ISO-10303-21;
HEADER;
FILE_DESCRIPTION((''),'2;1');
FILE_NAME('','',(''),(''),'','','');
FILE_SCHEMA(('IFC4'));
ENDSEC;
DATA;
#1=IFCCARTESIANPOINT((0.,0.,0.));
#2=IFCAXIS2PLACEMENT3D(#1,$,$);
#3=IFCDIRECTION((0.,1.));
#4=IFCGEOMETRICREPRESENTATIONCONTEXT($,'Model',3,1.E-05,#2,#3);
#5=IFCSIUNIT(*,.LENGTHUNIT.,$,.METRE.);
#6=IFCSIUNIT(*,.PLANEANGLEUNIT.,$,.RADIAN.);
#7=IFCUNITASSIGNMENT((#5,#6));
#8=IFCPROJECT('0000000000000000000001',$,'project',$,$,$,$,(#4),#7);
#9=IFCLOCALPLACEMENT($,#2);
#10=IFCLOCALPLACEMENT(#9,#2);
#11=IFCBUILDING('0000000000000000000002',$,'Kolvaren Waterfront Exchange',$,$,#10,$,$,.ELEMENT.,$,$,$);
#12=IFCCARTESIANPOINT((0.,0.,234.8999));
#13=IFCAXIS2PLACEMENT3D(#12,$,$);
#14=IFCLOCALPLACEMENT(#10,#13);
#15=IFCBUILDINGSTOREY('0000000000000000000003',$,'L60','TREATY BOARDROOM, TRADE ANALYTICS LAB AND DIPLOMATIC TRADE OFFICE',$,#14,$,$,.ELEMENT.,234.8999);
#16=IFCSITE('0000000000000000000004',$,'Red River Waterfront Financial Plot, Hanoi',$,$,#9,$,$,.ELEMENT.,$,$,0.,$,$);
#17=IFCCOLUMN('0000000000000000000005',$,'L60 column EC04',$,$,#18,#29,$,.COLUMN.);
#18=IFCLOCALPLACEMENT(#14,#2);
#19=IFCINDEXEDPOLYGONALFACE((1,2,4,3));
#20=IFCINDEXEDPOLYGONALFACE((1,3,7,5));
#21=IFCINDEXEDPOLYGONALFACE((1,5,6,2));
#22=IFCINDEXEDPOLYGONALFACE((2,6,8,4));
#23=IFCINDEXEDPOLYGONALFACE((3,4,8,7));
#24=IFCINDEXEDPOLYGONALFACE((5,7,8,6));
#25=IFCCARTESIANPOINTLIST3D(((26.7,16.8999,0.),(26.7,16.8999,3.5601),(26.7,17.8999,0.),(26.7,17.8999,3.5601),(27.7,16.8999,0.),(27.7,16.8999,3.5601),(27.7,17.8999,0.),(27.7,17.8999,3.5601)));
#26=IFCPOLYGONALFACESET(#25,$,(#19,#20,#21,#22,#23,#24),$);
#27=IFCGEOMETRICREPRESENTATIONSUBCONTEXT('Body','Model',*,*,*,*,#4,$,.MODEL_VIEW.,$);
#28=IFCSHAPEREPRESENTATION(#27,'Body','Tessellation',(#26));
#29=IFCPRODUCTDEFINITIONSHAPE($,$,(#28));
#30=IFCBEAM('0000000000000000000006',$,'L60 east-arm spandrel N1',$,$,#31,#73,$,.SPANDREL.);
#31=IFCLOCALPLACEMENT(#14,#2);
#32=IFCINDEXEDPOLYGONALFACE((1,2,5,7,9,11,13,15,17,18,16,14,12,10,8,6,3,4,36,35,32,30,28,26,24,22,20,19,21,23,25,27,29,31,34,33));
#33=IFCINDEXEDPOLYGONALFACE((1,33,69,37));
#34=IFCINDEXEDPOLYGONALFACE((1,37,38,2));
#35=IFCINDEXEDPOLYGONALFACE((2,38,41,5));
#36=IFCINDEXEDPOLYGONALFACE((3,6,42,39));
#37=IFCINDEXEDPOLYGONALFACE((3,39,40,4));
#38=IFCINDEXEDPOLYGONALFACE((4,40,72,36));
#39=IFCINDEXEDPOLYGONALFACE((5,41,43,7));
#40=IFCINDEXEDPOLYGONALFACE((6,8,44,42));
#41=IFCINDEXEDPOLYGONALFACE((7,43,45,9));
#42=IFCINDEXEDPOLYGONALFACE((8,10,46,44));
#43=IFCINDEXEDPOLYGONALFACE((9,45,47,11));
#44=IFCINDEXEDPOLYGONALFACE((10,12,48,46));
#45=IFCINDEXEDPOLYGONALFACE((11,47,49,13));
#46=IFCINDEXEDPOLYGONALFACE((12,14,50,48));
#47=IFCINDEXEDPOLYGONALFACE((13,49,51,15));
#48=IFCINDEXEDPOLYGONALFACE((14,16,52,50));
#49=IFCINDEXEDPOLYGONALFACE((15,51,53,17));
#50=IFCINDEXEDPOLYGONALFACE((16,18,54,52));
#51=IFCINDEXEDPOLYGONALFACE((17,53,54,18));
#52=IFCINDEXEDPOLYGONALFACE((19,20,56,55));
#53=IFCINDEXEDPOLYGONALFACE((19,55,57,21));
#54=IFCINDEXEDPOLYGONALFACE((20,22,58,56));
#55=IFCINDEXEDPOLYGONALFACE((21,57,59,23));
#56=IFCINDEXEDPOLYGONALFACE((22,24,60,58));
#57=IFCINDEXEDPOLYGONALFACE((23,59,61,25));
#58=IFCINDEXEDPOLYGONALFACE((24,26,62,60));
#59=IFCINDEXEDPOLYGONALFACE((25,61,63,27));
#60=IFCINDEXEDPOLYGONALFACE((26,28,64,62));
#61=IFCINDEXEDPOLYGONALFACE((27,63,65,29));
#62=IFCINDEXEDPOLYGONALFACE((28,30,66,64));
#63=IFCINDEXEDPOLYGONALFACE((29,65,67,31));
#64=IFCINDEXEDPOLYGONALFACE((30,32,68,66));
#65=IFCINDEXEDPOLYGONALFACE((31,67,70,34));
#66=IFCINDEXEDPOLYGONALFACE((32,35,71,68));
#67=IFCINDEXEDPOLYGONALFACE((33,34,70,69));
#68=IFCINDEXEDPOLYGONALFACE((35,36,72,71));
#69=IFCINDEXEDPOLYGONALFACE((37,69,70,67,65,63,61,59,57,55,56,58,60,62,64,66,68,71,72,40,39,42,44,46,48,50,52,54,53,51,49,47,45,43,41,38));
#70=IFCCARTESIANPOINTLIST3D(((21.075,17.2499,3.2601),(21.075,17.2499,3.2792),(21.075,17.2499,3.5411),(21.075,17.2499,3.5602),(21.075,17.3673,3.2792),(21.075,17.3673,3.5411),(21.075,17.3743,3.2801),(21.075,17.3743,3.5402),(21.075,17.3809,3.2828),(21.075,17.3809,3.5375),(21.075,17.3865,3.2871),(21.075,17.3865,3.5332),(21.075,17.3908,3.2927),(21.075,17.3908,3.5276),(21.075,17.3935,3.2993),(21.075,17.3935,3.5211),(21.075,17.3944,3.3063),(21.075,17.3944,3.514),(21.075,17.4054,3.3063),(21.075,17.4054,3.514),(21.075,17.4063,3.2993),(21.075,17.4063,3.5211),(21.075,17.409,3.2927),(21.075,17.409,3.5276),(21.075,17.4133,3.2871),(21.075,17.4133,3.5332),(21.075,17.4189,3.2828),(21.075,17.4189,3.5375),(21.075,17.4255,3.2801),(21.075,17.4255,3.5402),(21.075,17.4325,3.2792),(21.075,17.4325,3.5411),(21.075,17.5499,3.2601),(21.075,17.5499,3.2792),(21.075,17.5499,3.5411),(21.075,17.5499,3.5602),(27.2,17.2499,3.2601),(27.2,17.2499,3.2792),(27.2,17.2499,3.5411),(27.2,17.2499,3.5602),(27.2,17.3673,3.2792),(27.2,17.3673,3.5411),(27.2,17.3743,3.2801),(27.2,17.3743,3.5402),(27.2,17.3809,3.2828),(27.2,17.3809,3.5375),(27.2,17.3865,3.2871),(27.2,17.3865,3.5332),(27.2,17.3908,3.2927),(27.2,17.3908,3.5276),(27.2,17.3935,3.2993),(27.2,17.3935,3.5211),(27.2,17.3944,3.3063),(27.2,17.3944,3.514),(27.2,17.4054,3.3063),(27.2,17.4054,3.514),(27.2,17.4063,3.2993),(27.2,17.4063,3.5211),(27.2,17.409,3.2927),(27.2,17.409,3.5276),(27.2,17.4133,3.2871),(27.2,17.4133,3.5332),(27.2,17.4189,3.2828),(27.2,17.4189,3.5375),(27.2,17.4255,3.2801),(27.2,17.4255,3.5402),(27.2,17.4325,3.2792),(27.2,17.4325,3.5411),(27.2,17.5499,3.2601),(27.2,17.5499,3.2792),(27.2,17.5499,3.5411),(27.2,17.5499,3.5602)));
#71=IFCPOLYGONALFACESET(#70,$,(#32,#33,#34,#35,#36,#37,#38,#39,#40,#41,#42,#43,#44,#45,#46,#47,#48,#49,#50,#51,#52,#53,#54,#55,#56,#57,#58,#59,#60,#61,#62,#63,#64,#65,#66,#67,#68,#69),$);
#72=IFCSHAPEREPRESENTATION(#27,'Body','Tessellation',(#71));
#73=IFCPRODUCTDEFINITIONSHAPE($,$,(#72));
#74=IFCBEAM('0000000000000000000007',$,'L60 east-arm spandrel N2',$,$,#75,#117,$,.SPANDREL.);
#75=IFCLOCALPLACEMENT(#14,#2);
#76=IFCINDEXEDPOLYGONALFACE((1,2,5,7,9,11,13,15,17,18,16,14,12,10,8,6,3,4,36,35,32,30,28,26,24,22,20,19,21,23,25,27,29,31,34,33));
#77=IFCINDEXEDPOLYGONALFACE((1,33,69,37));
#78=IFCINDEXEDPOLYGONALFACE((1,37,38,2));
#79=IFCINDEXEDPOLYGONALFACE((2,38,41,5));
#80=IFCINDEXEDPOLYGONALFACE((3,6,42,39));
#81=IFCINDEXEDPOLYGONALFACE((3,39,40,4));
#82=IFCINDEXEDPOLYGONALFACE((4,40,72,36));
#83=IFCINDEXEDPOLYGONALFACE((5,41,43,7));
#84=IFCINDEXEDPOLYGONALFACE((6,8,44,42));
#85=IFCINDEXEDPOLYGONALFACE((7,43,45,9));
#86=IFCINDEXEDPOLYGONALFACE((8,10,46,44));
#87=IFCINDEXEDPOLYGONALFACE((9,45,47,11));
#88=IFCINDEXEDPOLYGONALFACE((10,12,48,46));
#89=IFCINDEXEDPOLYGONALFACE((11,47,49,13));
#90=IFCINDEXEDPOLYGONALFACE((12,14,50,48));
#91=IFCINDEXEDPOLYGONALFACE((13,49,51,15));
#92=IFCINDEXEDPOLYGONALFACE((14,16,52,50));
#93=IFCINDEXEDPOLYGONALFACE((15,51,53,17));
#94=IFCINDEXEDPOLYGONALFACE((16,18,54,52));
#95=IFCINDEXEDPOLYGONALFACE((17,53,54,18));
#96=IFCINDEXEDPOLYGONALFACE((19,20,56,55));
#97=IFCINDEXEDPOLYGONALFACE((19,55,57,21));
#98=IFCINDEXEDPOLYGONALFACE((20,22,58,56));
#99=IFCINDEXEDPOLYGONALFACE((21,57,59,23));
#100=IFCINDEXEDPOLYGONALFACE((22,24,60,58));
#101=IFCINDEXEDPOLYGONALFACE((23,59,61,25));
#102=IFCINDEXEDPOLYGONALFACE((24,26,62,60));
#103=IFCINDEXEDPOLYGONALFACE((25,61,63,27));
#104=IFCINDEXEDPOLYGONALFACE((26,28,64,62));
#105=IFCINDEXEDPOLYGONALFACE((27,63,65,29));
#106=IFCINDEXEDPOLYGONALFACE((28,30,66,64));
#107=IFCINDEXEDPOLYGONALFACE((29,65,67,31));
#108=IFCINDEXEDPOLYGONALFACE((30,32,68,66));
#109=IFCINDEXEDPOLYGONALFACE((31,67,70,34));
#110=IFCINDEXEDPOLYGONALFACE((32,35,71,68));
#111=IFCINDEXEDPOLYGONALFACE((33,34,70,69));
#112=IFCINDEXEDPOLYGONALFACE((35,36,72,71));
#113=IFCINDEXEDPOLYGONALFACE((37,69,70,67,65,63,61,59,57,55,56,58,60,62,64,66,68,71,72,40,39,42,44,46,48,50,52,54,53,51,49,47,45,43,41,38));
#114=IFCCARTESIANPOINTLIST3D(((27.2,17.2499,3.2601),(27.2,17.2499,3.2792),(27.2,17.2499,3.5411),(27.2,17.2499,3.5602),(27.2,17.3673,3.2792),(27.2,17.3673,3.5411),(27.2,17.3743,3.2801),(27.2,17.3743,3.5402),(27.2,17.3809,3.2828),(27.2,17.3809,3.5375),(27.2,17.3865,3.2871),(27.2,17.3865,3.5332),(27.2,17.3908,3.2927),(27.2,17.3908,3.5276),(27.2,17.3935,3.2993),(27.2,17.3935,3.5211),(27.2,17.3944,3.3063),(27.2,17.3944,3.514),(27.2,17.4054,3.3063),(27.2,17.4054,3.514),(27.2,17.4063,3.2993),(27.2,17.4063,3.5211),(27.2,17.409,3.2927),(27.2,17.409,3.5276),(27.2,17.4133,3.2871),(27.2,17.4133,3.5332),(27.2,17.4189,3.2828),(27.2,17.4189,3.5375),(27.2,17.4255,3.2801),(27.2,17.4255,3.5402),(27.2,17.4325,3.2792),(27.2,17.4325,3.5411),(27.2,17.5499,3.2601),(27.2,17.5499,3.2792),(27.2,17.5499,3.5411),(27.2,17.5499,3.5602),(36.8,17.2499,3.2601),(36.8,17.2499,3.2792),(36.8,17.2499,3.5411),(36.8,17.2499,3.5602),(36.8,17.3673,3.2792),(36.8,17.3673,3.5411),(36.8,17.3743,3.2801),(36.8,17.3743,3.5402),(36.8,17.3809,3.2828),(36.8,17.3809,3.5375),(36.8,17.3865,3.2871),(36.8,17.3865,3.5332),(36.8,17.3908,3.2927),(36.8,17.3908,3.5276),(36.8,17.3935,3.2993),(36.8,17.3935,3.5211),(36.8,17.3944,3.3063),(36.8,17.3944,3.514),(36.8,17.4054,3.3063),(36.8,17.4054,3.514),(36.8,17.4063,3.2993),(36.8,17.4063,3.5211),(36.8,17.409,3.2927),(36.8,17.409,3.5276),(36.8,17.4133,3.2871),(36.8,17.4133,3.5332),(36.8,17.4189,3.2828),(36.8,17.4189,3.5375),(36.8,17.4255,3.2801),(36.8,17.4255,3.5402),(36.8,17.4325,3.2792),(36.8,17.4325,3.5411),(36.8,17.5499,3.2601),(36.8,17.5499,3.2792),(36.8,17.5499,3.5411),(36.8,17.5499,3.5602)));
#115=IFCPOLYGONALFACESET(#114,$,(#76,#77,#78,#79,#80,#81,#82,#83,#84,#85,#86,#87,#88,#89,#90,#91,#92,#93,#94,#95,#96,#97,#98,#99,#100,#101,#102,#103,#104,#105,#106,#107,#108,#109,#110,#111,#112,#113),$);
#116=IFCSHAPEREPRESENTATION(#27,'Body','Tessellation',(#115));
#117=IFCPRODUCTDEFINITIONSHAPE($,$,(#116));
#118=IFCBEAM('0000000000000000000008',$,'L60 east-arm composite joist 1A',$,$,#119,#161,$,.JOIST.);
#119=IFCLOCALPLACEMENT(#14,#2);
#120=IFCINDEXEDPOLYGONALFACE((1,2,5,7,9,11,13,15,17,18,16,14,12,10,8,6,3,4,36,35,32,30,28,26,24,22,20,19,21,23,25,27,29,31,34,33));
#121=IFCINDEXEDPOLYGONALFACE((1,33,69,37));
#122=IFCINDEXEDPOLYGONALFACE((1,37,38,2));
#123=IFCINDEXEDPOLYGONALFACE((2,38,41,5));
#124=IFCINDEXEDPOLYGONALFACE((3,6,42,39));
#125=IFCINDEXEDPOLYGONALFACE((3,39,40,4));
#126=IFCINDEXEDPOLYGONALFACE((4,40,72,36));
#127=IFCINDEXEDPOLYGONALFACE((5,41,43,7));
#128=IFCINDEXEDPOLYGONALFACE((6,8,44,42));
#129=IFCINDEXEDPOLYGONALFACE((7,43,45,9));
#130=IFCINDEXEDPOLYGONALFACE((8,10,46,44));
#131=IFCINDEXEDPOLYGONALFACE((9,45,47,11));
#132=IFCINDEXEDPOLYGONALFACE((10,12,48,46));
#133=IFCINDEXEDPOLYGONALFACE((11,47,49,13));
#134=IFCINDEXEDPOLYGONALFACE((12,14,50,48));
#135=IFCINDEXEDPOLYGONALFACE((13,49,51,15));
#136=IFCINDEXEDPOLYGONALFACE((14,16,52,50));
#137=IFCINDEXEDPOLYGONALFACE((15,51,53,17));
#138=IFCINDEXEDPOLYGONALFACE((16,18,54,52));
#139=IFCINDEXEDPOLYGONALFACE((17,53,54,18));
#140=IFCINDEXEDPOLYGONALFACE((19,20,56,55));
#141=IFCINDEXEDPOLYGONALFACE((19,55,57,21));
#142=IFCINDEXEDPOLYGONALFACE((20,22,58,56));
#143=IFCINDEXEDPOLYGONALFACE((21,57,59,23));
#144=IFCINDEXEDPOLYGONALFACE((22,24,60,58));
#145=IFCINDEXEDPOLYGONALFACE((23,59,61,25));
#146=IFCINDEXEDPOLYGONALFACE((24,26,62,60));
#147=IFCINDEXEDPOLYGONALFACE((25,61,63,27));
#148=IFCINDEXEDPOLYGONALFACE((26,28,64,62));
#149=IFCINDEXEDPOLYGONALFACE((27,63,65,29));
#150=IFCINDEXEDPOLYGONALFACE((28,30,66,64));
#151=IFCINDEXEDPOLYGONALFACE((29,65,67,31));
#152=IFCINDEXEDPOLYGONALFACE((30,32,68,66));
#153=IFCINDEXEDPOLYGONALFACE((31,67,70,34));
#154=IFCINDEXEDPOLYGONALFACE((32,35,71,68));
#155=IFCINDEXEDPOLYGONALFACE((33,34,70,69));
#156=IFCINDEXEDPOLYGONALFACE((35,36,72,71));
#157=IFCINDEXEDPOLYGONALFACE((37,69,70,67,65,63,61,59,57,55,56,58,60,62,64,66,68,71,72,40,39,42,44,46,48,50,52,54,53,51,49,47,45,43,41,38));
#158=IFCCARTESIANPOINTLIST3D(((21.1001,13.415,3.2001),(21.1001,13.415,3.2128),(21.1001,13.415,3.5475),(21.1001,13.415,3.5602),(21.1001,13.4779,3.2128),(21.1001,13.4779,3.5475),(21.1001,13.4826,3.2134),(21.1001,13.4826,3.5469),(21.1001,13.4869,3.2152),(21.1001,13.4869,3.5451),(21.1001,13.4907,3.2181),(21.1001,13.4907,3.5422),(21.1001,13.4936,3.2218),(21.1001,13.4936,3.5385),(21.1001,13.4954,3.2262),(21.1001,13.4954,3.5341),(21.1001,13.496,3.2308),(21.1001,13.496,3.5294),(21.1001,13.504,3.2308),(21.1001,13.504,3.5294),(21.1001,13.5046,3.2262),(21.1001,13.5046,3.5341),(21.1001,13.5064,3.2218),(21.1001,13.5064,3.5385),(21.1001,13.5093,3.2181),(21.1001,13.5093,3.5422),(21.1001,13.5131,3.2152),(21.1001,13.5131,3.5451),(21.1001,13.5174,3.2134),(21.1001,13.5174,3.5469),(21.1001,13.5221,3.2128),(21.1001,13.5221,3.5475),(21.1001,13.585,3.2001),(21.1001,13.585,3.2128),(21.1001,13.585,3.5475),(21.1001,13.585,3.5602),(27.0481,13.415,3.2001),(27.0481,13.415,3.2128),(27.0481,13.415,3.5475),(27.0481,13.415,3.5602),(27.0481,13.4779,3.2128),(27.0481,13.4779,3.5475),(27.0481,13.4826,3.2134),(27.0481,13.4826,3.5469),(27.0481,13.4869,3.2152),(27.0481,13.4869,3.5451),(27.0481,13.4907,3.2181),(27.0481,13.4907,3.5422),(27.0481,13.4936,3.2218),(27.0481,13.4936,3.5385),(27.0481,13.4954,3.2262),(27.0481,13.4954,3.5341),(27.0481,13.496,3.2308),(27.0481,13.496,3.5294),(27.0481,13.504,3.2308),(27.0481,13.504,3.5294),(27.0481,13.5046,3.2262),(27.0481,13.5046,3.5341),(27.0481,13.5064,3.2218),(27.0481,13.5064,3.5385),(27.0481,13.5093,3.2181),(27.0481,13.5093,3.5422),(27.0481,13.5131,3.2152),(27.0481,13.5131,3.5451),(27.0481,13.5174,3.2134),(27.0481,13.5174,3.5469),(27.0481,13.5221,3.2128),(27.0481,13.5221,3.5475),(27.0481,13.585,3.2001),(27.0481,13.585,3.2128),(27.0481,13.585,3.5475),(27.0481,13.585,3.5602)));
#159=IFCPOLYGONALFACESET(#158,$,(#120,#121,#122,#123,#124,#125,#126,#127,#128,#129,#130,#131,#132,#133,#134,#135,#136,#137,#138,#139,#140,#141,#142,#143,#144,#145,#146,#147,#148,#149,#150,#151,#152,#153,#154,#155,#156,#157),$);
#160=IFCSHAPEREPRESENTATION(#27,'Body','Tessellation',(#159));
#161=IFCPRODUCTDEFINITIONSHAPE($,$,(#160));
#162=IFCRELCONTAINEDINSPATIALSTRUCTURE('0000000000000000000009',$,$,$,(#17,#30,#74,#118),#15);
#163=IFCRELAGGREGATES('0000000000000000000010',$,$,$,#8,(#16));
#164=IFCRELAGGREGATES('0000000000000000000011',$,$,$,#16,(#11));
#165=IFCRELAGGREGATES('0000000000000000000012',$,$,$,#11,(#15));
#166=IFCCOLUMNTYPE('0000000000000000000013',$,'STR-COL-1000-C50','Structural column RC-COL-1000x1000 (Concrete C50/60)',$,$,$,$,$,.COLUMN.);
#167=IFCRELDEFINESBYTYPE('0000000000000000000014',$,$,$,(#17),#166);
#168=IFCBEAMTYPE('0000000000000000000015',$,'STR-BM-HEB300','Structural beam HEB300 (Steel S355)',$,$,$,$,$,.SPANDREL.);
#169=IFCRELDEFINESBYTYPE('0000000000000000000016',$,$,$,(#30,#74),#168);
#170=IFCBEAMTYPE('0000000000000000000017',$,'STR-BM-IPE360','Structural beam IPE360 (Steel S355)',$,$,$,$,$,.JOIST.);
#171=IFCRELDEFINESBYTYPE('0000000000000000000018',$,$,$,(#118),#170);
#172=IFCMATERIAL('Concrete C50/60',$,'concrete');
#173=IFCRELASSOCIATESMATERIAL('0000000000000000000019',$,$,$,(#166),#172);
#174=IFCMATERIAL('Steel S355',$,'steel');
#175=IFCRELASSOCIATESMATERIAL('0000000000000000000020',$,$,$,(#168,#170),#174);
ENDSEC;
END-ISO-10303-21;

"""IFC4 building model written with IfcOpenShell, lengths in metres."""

from ifc_helpers import new_model, si_unit, direction, frame, origin, origin_2d, place, context, subcontext, project, spatial, rectangle, i_section, extrude, material, material_profile, profile_set, type_object, element, save


model = new_model("IFC4")

# Units and contexts
model_context = context("Model", 3, precision=1e-05, world=origin(), true_north=direction((0.0, 1.0)))
body_context = subcontext(model_context, "Body", "Model", "MODEL_VIEW")
ifc_project = project(units=[si_unit("LENGTHUNIT", "METRE"), si_unit("PLANEANGLEUNIT", "RADIAN")], contexts=[model_context])

# Site, building, storey
site_placement = place(None, origin())
site = spatial("IfcSite", under=ifc_project, at=site_placement, Name="Red River Waterfront Financial Plot, Hanoi", CompositionType="ELEMENT", RefElevation=0.0)
building_placement = place(site_placement, origin())
building = spatial("IfcBuilding", under=site, at=building_placement, Name="Kolvaren Waterfront Exchange", CompositionType="ELEMENT")
storey_placement = place(building_placement, frame((0.0, 0.0, 234.8999)))
storey = spatial("IfcBuildingStorey", under=building, at=storey_placement, Name="L60", Description="TREATY BOARDROOM, TRADE ANALYTICS LAB AND DIPLOMATIC TRADE OFFICE", CompositionType="ELEMENT", Elevation=234.8999)

# Column
ifc_material_1 = material(Name="Concrete C50/60", Category="concrete")
ifc_material_profile_1 = material_profile(ifc_material_1, rectangle(XDim=1.0, YDim=1.0, at=origin_2d()), Name="RC-COL-1000x1000")
ifc_profile_set_1 = profile_set([ifc_material_profile_1], Name="Concrete C50/60")
column_type = type_object("IfcColumnType", Name="STR-COL-1000-C50", Description="Structural column RC-COL-1000x1000 (Concrete C50/60)", PredefinedType="COLUMN", material=ifc_profile_set_1)
column_placement = place(storey_placement, frame((27.2, 17.3999, 0.0), z_axis=(0.0, 0.0, 1.0), x_axis=(1.0, 0.0, 0.0)))
element("IfcColumn", 1, at=column_placement, inside=storey, type_object=column_type, Name="L60 column EC04", PredefinedType="COLUMN", context=body_context, shape_type="SweptSolid", body=[
    extrude(rectangle(XDim=1.0, YDim=1.0, at=origin_2d()), origin(), (0.0, 0.0, 1.0), 3.5601),
])

# Beams
ifc_material_2 = material(Name="Steel S355", Category="steel")
ifc_material_profile_2 = material_profile(ifc_material_2, i_section(OverallWidth=0.3, OverallDepth=0.3, WebThickness=0.011, FlangeThickness=0.019, FilletRadius=0.0271, at=origin_2d()), Name="HEB300")
ifc_profile_set_2 = profile_set([ifc_material_profile_2], Name="Steel S355")
beam_type_1 = type_object("IfcBeamType", Name="STR-BM-HEB300", Description="Structural beam HEB300 (Steel S355)", PredefinedType="SPANDREL", material=ifc_profile_set_2)
beam_1_placement = place(storey_placement, frame((21.075, 17.3999, 3.4102), z_axis=(1.0, 0.0, 0.0), x_axis=(0.0, 1.0, 0.0)))
element("IfcBeam", 2, at=beam_1_placement, inside=storey, type_object=beam_type_1, Name="L60 east-arm spandrel N1", PredefinedType="SPANDREL", context=body_context, shape_type="SweptSolid", body=[
    extrude(i_section(OverallWidth=0.3, OverallDepth=0.3, WebThickness=0.011, FlangeThickness=0.019, FilletRadius=0.0271, at=origin_2d()), origin(), (0.0, 0.0, 1.0), 6.125),
])
beam_2_placement = place(storey_placement, frame((27.2, 17.3999, 3.4102), z_axis=(1.0, 0.0, 0.0), x_axis=(0.0, 1.0, 0.0)))
element("IfcBeam", 3, at=beam_2_placement, inside=storey, type_object=beam_type_1, Name="L60 east-arm spandrel N2", PredefinedType="SPANDREL", context=body_context, shape_type="SweptSolid", body=[
    extrude(i_section(OverallWidth=0.3, OverallDepth=0.3, WebThickness=0.011, FlangeThickness=0.019, FilletRadius=0.0271, at=origin_2d()), origin(), (0.0, 0.0, 1.0), 9.6001),
])
ifc_material_profile_3 = material_profile(ifc_material_2, i_section(OverallWidth=0.1699, OverallDepth=0.3601, WebThickness=0.0081, FlangeThickness=0.0127, FilletRadius=0.0181, at=origin_2d()), Name="IPE360")
ifc_profile_set_3 = profile_set([ifc_material_profile_3], Name="Steel S355")
beam_type_2 = type_object("IfcBeamType", Name="STR-BM-IPE360", Description="Structural beam IPE360 (Steel S355)", PredefinedType="JOIST", material=ifc_profile_set_3)
for number, where, z_axis, x_axis, name in (
    (4, (21.1001, 13.5, 3.3801), (1.0, 0.0, 0.0), (0.0, 1.0, 0.0), "L60 east-arm composite joist 1A"),
):
    element("IfcBeam", number, at=place(storey_placement, frame(where, z_axis=z_axis, x_axis=x_axis)), inside=storey, type_object=beam_type_2, Name=name, PredefinedType="JOIST", context=body_context, shape_type="SweptSolid", body=[
        extrude(i_section(OverallWidth=0.1699, OverallDepth=0.3601, WebThickness=0.0081, FlangeThickness=0.0127, FilletRadius=0.0181, at=origin_2d()), origin(), (0.0, 0.0, 1.0), 5.948),
    ])

save(model, "model.ifc")
